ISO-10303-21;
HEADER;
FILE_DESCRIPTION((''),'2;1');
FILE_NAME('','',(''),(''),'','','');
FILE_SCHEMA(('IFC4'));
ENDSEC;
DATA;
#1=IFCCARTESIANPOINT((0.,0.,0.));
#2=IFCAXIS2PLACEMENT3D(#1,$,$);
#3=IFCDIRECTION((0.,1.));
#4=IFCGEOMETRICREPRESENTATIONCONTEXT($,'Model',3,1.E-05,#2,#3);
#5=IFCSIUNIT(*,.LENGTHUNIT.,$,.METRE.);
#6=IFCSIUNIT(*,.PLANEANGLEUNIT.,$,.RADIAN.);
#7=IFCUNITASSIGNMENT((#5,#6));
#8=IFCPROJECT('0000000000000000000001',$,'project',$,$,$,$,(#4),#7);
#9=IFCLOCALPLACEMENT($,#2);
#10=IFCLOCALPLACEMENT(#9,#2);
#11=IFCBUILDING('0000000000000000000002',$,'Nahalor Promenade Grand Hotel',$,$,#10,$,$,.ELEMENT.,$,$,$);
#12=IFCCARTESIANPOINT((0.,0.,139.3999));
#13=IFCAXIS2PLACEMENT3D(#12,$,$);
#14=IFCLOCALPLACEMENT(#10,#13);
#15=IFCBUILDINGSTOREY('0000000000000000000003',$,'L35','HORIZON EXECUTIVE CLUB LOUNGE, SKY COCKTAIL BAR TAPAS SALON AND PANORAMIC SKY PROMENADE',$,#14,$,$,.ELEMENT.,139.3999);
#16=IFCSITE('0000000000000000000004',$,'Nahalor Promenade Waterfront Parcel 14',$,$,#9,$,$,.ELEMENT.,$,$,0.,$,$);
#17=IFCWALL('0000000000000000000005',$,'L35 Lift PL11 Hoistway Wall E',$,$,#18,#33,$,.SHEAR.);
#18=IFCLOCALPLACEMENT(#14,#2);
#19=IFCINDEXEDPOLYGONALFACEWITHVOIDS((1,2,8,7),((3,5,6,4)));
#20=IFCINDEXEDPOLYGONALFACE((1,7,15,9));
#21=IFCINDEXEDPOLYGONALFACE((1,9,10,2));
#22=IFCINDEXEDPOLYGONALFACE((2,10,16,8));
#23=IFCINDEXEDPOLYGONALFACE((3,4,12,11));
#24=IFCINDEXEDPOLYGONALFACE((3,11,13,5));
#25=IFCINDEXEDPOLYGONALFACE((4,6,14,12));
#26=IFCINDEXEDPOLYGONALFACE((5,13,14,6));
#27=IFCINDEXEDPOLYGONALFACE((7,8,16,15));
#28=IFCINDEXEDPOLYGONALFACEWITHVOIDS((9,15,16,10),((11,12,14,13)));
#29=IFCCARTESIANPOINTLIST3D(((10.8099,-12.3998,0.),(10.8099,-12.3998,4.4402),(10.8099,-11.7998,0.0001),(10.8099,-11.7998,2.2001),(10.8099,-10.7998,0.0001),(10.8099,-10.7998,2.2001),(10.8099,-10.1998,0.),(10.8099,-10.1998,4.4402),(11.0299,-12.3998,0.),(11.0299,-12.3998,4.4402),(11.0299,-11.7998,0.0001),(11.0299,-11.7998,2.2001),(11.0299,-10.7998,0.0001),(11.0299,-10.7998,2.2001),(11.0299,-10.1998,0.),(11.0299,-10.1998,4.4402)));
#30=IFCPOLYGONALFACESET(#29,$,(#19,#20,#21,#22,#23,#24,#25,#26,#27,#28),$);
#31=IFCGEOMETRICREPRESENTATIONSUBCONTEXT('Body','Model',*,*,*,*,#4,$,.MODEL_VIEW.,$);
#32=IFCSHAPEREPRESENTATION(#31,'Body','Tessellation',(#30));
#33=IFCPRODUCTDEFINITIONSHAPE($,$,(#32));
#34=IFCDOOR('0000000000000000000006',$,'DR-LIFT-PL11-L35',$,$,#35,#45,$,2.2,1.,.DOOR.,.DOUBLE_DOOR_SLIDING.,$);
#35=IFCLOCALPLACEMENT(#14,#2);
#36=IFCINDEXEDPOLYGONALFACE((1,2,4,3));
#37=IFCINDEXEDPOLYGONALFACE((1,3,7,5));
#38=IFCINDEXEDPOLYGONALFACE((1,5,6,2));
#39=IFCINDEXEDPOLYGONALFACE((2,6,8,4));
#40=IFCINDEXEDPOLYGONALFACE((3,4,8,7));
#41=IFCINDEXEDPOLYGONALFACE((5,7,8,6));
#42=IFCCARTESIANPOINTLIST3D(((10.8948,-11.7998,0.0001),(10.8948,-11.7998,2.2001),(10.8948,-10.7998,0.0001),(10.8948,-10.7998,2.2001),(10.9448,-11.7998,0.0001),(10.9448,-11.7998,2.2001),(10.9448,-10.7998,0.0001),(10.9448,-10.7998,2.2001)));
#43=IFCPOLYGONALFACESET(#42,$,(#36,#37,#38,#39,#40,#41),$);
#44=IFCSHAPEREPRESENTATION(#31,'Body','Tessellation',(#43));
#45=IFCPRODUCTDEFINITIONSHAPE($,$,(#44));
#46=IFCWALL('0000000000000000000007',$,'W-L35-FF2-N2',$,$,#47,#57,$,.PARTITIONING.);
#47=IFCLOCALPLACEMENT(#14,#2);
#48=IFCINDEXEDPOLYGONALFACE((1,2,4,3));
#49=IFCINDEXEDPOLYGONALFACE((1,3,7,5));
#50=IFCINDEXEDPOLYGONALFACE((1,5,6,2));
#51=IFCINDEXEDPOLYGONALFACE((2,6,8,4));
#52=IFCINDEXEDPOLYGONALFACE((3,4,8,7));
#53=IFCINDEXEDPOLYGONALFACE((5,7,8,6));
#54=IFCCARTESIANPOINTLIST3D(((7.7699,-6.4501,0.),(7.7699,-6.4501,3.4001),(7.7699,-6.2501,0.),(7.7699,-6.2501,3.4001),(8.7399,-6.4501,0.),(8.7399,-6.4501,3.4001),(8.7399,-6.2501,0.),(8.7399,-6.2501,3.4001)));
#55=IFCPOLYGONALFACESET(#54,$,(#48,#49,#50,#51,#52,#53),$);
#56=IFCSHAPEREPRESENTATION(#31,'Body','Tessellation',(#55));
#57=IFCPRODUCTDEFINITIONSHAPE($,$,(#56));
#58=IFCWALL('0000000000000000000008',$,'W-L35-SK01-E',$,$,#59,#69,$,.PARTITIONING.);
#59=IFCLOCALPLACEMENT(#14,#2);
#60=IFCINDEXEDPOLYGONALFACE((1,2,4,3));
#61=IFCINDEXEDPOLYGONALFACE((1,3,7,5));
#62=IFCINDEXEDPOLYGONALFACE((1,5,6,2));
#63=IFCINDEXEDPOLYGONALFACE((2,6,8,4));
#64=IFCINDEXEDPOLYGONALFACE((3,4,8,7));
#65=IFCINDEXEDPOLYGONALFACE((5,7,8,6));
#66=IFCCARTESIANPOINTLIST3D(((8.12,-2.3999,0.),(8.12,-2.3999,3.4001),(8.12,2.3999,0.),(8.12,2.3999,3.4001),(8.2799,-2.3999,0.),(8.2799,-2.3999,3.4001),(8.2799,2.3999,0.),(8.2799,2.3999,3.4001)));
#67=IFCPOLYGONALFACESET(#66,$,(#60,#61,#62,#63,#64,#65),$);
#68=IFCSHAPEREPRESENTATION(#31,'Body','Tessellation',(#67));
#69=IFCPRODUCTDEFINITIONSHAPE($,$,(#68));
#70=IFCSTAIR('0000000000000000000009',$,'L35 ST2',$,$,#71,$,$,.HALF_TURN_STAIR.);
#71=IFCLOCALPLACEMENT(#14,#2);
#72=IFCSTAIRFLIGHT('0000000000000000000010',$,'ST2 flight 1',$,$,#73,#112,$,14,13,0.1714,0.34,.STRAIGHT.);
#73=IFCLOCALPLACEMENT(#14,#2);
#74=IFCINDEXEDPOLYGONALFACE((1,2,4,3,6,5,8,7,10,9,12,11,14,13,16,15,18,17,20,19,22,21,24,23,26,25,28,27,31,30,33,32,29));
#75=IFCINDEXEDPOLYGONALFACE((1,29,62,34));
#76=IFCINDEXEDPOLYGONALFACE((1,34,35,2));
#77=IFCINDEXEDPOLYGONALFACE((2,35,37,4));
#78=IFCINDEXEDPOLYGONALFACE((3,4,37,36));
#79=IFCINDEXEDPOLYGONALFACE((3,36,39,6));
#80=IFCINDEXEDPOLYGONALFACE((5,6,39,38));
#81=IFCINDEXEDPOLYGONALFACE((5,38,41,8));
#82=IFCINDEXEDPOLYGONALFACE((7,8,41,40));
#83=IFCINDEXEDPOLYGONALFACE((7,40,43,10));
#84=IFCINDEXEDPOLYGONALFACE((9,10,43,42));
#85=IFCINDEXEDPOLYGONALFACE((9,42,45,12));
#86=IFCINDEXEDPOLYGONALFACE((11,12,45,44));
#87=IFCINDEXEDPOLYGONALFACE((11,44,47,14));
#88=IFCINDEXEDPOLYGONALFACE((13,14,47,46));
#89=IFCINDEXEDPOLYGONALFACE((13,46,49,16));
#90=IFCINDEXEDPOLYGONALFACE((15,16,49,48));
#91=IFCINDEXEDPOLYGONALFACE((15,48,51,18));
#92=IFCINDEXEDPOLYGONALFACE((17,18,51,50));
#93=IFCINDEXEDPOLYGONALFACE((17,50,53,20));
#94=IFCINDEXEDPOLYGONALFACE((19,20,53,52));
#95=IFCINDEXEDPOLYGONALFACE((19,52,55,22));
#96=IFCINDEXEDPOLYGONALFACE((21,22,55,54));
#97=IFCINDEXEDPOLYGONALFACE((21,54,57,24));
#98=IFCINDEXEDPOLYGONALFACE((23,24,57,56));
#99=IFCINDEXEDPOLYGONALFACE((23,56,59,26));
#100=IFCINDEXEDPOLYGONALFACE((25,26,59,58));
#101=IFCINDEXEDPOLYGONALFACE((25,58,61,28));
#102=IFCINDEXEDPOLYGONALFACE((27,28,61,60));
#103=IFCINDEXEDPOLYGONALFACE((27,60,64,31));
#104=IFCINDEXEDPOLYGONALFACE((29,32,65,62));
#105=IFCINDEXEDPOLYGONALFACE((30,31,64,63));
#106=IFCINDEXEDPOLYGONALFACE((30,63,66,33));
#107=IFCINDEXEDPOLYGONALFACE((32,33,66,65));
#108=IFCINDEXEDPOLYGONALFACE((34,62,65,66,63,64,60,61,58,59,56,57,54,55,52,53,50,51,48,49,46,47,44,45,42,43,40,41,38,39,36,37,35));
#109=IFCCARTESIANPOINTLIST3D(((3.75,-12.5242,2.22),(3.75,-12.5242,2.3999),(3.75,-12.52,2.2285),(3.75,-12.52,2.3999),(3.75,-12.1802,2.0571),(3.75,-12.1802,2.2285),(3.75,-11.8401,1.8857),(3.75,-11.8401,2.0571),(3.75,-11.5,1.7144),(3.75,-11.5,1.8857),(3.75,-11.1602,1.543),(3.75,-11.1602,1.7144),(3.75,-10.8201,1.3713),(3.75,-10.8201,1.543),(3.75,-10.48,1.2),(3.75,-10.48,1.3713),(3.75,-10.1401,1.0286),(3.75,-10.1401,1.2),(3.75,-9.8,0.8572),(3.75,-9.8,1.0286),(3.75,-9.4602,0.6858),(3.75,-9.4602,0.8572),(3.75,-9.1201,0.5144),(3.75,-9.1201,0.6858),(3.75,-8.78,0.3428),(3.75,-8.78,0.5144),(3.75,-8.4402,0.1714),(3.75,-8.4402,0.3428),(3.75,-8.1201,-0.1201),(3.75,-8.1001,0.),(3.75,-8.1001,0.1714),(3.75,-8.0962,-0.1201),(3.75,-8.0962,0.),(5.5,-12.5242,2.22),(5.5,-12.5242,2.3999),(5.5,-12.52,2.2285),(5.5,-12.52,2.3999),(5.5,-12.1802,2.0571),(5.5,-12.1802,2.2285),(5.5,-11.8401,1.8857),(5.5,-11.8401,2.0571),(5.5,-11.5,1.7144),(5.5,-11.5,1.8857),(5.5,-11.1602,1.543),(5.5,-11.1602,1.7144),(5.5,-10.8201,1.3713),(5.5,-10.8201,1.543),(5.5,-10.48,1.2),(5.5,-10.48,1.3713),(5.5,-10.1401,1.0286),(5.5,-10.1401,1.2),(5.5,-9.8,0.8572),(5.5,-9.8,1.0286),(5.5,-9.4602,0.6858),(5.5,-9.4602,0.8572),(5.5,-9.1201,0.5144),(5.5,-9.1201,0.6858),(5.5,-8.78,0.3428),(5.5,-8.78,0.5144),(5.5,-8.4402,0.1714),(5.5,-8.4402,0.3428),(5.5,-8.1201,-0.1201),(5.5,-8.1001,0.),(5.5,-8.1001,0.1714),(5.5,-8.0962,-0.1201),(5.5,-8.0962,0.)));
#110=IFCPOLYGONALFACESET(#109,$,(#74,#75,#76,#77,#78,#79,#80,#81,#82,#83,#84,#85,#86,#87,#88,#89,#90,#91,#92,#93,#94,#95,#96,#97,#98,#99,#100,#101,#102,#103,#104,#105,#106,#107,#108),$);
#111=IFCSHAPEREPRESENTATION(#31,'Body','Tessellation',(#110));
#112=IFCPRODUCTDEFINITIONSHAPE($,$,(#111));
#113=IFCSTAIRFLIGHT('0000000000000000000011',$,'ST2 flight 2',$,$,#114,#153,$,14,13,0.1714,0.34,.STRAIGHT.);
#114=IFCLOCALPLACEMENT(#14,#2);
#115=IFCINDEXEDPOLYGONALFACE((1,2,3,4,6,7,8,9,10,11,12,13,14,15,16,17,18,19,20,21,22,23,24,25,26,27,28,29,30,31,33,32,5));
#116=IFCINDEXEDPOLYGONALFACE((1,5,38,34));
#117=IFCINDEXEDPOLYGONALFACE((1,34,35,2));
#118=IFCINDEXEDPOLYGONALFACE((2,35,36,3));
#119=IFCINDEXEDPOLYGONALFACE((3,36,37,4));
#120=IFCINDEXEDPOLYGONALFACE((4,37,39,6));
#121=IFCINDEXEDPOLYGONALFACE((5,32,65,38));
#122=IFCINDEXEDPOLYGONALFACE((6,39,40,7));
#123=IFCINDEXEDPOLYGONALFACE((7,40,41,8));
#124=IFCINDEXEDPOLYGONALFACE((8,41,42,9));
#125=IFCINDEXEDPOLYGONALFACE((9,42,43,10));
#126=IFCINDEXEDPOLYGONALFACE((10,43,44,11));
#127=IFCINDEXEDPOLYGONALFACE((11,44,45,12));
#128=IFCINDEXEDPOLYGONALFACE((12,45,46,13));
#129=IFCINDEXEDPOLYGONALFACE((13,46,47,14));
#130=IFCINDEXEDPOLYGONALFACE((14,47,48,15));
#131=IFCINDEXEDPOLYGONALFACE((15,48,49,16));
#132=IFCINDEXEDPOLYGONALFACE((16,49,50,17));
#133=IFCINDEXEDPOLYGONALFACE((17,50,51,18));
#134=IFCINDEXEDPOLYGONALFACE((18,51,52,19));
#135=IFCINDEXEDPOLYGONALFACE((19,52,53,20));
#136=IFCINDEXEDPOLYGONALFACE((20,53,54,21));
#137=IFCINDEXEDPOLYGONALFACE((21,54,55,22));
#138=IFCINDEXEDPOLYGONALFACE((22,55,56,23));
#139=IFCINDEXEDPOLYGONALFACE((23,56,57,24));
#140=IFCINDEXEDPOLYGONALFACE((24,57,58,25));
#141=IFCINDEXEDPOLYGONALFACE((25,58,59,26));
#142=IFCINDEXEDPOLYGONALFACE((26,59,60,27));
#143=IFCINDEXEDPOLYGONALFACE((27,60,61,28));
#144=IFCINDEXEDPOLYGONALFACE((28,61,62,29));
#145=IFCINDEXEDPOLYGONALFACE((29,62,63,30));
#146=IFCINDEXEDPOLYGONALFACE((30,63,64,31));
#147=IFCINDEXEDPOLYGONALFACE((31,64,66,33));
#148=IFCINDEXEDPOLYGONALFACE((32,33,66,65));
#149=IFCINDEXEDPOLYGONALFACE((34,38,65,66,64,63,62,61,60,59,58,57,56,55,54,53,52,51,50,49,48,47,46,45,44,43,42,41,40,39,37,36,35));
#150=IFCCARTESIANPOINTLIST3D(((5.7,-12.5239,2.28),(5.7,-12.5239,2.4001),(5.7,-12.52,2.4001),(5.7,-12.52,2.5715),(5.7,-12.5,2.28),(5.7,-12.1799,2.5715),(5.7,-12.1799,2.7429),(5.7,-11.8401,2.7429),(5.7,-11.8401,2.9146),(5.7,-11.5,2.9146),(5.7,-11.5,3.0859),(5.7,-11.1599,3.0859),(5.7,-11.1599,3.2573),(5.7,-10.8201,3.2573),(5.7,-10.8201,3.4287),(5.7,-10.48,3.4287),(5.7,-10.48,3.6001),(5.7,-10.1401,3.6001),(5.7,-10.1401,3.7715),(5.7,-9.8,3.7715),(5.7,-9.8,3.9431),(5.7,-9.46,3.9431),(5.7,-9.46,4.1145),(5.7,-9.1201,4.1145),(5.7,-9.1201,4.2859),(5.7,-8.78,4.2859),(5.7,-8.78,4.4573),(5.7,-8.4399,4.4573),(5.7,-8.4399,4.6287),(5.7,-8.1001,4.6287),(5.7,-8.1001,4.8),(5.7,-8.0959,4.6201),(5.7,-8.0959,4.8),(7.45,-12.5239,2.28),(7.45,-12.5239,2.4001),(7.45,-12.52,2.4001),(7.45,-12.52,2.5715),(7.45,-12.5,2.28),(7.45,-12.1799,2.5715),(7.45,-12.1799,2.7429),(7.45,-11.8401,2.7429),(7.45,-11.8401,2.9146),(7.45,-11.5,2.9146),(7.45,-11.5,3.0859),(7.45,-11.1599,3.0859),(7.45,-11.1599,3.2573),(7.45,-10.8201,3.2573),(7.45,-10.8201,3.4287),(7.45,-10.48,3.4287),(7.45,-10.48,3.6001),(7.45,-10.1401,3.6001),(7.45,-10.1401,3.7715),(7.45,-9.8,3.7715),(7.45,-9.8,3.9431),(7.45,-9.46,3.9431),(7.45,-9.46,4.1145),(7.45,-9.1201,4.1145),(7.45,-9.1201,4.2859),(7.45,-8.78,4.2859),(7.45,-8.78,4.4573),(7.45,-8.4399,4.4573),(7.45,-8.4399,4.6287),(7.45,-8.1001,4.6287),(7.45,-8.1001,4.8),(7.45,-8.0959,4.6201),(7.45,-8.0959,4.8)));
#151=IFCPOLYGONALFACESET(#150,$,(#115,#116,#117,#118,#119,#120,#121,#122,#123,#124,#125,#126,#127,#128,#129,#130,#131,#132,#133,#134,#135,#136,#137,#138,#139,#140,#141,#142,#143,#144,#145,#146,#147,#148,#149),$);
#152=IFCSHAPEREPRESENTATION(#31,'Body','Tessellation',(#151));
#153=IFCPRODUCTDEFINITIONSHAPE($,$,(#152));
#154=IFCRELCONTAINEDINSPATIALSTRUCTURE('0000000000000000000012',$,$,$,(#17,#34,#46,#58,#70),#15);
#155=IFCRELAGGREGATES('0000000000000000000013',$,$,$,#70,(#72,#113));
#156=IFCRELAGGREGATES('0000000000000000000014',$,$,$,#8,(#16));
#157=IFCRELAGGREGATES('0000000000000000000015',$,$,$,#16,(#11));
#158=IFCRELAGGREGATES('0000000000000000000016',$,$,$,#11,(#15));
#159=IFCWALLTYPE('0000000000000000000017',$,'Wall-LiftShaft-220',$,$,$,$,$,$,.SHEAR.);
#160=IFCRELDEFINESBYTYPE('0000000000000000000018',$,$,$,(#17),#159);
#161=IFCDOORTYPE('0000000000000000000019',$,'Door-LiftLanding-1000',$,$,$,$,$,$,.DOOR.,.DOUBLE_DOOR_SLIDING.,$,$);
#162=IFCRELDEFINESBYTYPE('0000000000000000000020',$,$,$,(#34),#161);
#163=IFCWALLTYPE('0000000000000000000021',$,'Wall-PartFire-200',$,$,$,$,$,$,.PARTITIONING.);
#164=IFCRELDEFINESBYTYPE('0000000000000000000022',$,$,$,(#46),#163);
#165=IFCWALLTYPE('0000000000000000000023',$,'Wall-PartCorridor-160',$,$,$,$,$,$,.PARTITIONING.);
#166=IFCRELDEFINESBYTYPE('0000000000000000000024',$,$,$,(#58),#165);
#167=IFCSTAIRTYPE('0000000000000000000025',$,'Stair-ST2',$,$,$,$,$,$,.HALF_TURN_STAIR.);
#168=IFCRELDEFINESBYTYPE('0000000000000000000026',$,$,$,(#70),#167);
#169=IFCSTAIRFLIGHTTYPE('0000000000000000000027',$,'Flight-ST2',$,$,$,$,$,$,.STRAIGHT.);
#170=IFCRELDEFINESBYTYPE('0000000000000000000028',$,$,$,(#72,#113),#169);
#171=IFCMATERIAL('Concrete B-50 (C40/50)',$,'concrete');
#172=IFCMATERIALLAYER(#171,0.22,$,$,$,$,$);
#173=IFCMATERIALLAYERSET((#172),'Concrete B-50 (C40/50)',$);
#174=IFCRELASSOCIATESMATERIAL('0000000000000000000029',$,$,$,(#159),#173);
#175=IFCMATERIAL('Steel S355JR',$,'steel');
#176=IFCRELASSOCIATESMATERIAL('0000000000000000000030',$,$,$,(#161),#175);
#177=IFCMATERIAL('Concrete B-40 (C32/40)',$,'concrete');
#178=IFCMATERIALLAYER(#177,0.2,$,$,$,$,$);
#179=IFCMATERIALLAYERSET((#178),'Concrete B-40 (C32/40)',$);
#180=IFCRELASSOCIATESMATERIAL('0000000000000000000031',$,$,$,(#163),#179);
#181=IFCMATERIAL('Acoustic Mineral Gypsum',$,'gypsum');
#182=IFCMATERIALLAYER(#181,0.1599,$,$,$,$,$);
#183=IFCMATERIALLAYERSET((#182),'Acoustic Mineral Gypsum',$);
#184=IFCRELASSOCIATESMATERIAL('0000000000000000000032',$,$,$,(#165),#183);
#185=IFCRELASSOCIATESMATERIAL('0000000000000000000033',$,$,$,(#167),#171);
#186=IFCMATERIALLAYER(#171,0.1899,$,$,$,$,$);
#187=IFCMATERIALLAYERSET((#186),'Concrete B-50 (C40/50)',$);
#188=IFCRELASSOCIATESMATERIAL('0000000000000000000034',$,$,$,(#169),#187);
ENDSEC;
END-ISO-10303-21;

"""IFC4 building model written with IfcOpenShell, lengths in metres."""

from ifc_helpers import new_model, si_unit, direction, frame, frame_2d, origin, place, context, subcontext, project, spatial, polyline, rectangle, outline, extrude, source, transform, mapped, material, layer, layer_set, type_object, element, fill, aggregate, save


model = new_model("IFC4")

# Units and contexts
model_context = context("Model", 3, precision=1e-05, world=origin(), true_north=direction((0.0, 1.0)))
body_context = subcontext(model_context, "Body", "Model", "MODEL_VIEW")
ifc_project = project(units=[si_unit("LENGTHUNIT", "METRE"), si_unit("PLANEANGLEUNIT", "RADIAN")], contexts=[model_context])

# Site, building, storey
site_placement = place(None, origin())
site = spatial("IfcSite", under=ifc_project, at=site_placement, Name="Nahalor Promenade Waterfront Parcel 14", CompositionType="ELEMENT", RefElevation=0.0)
building_placement = place(site_placement, origin())
building = spatial("IfcBuilding", under=site, at=building_placement, Name="Nahalor Promenade Grand Hotel", CompositionType="ELEMENT")
storey_placement = place(building_placement, frame((0.0, 0.0, 139.3999)))
storey = spatial("IfcBuildingStorey", under=building, at=storey_placement, Name="L35", Description="HORIZON EXECUTIVE CLUB LOUNGE, SKY COCKTAIL BAR TAPAS SALON AND PANORAMIC SKY PROMENADE", CompositionType="ELEMENT", Elevation=139.3999)

# Shared definitions
ifc_material_1 = material(Name="Steel S355JR", Category="steel")

# Shared definitions
ifc_material_2 = material(Name="Concrete B-50 (C40/50)", Category="concrete")
ifc_layer_1 = layer(ifc_material_2, 0.22)
ifc_layer_set_1 = layer_set([ifc_layer_1], Name="Concrete B-50 (C40/50)")
wall_type_1 = type_object("IfcWallType", Name="Wall-LiftShaft-220", PredefinedType="SHEAR", material=ifc_layer_set_1)

# Shared definitions
door_type = type_object("IfcDoorType", Name="Door-LiftLanding-1000", OperationType="DOUBLE_DOOR_SLIDING", PredefinedType="DOOR", material=ifc_material_1)
shared_shape_1 = source(origin(), body_context, "Body", "SweptSolid", [
    extrude(rectangle(XDim=1.0, YDim=2.2, at=frame_2d((0.5, 1.1001))), frame((0.0, 0.0249, 0.0), z_axis=(0.0, -1.0, 0.0), x_axis=(1.0, 0.0, 0.0)), (0.0, 0.0, 1.0), 0.05),
])

# Shared definitions
shared_shape_2 = source(origin(), body_context, "Body", "SweptSolid", [
    extrude(rectangle(XDim=2.2, YDim=0.22, at=frame_2d((1.1001, 0.0))), origin(), (0.0, 0.0, 1.0), 4.4402),
])

# Wall, opening, door
wall_1_placement = place(storey_placement, frame((10.9199, -12.3999, 0.0), z_axis=(0.0, 0.0, 1.0), x_axis=(0.0, 1.0, 0.0)))
wall_1 = element("IfcWall", 1, at=wall_1_placement, inside=storey, type_object=wall_type_1, Name="L35 Lift PL11 Hoistway Wall E", PredefinedType="SHEAR", context=body_context, shape_type="MappedRepresentation", body=[
    mapped(shared_shape_2, transform((0.0, 0.0, 0.0), scale=1.0)),
])
opening_1_placement = place(wall_1_placement, frame((0.6001, 0.0, 0.0)))
opening_1 = element("IfcOpeningElement", 2, at=opening_1_placement, cuts=wall_1, PredefinedType="OPENING", context=body_context, shape_type="SweptSolid", body=[
    extrude(rectangle(XDim=1.0, YDim=2.2, at=frame_2d((0.5, 1.1001))), frame((0.0, 0.1199, 0.0), z_axis=(0.0, -1.0, 0.0), x_axis=(1.0, 0.0, 0.0)), (0.0, 0.0, 1.0), 0.24),
])
door_1_placement = place(opening_1_placement, frame((1.0, 0.0, 0.0), z_axis=(0.0, 0.0, 1.0), x_axis=(-1.0, 0.0, 0.0)))
door_1 = element("IfcDoor", 3, at=door_1_placement, inside=storey, type_object=door_type, Name="DR-LIFT-PL11-L35", OperationType="DOUBLE_DOOR_SLIDING", OverallHeight=2.2, OverallWidth=1.0, PredefinedType="DOOR", context=body_context, shape_type="MappedRepresentation", body=[
    mapped(shared_shape_1, transform((0.0, 0.0, 0.0), scale=1.0)),
])
fill(opening_1, door_1)

# Walls
ifc_material_3 = material(Name="Concrete B-40 (C32/40)", Category="concrete")
ifc_layer_2 = layer(ifc_material_3, 0.2)
ifc_layer_set_2 = layer_set([ifc_layer_2], Name="Concrete B-40 (C32/40)")
wall_type_2 = type_object("IfcWallType", Name="Wall-PartFire-200", PredefinedType="PARTITIONING", material=ifc_layer_set_2)
shared_shape_3 = source(origin(), body_context, "Body", "SweptSolid", [
    extrude(rectangle(XDim=0.97, YDim=0.2, at=frame_2d((0.4849, 0.0))), origin(), (0.0, 0.0, 1.0), 3.4001),
])
wall_2_placement = place(storey_placement, frame((7.77, -6.3501, 0.0), z_axis=(0.0, 0.0, 1.0), x_axis=(1.0, 0.0, 0.0)))
element("IfcWall", 4, at=wall_2_placement, inside=storey, type_object=wall_type_2, Name="W-L35-FF2-N2", PredefinedType="PARTITIONING", context=body_context, shape_type="MappedRepresentation", body=[
    mapped(shared_shape_3, transform((0.0, 0.0, 0.0), scale=1.0)),
])
ifc_material_4 = material(Name="Acoustic Mineral Gypsum", Category="gypsum")
ifc_layer_3 = layer(ifc_material_4, 0.1599)
ifc_layer_set_3 = layer_set([ifc_layer_3], Name="Acoustic Mineral Gypsum")
wall_type_3 = type_object("IfcWallType", Name="Wall-PartCorridor-160", PredefinedType="PARTITIONING", material=ifc_layer_set_3)
shared_shape_4 = source(origin(), body_context, "Body", "SweptSolid", [
    extrude(rectangle(XDim=4.7998, YDim=0.1599, at=frame_2d((2.3999, 0.0))), origin(), (0.0, 0.0, 1.0), 3.4001),
])
wall_3_placement = place(storey_placement, frame((8.2, -2.3999, 0.0), z_axis=(0.0, 0.0, 1.0), x_axis=(0.0, 1.0, 0.0)))
element("IfcWall", 5, at=wall_3_placement, inside=storey, type_object=wall_type_3, Name="W-L35-SK01-E", PredefinedType="PARTITIONING", context=body_context, shape_type="MappedRepresentation", body=[
    mapped(shared_shape_4, transform((0.0, 0.0, 0.0), scale=1.0)),
])

# Stair, stair flights
stair_type = type_object("IfcStairType", Name="Stair-ST2", PredefinedType="HALF_TURN_STAIR", material=ifc_material_2)
stair_placement = place(storey_placement, origin())
stair = element("IfcStair", 6, at=stair_placement, inside=storey, type_object=stair_type, Name="L35 ST2", PredefinedType="HALF_TURN_STAIR")
ifc_layer_4 = layer(ifc_material_2, 0.1899)
ifc_layer_set_4 = layer_set([ifc_layer_4], Name="Concrete B-50 (C40/50)")
stair_flight_type = type_object("IfcStairFlightType", Name="Flight-ST2", PredefinedType="STRAIGHT", material=ifc_layer_set_4)
shared_shape_5 = source(origin(), body_context, "Body", "SweptSolid", [
    extrude(outline(polyline([(-0.0039, -0.1201), (-0.0039, 0.0), (0.0, 0.0), (0.0, 0.1714), (0.3401, 0.1714), (0.3401, 0.3428), (0.6799, 0.3428), (0.6799, 0.5144), (1.02, 0.5144), (1.02, 0.6858), (1.3601, 0.6858), (1.3601, 0.8572), (1.7, 0.8572), (1.7, 1.0286), (2.04, 1.0286), (2.04, 1.2), (2.3799, 1.2), (2.3799, 1.3713), (2.72, 1.3713), (2.72, 1.543), (3.0601, 1.543), (3.0601, 1.7144), (3.3999, 1.7144), (3.3999, 1.8857), (3.74, 1.8857), (3.74, 2.0571), (4.0801, 2.0571), (4.0801, 2.2285), (4.4199, 2.2285), (4.4199, 2.3999), (4.4241, 2.3999), (4.4241, 2.22), (0.02, -0.1201), (-0.0039, -0.1201)])), frame((0.0, 0.875, 0.0), z_axis=(0.0, -1.0, 0.0), x_axis=(1.0, 0.0, 0.0)), (0.0, 0.0, 1.0), 1.75),
])
stair_flight_1_placement = place(storey_placement, frame((4.625, -8.1001, 0.0), z_axis=(0.0, 0.0, 1.0), x_axis=(0.0, -1.0, 0.0)))
stair_flight_1 = element("IfcStairFlight", 7, at=stair_flight_1_placement, type_object=stair_flight_type, Name="ST2 flight 1", NumberOfRisers=14, NumberOfTreads=13, PredefinedType="STRAIGHT", RiserHeight=0.1714, TreadLength=0.34, context=body_context, shape_type="MappedRepresentation", body=[
    mapped(shared_shape_5, transform((0.0, 0.0, 0.0), scale=1.0)),
])
stair_flight_2_placement = place(storey_placement, frame((6.575, -12.52, 2.4001), z_axis=(0.0, 0.0, 1.0), x_axis=(0.0, 1.0, 0.0)))
stair_flight_2 = element("IfcStairFlight", 8, at=stair_flight_2_placement, type_object=stair_flight_type, Name="ST2 flight 2", NumberOfRisers=14, NumberOfTreads=13, PredefinedType="STRAIGHT", RiserHeight=0.1714, TreadLength=0.34, context=body_context, shape_type="MappedRepresentation", body=[
    mapped(shared_shape_5, transform((0.0, 0.0, 0.0), scale=1.0)),
])
aggregate(stair, [stair_flight_1, stair_flight_2])

save(model, "model.ifc")
